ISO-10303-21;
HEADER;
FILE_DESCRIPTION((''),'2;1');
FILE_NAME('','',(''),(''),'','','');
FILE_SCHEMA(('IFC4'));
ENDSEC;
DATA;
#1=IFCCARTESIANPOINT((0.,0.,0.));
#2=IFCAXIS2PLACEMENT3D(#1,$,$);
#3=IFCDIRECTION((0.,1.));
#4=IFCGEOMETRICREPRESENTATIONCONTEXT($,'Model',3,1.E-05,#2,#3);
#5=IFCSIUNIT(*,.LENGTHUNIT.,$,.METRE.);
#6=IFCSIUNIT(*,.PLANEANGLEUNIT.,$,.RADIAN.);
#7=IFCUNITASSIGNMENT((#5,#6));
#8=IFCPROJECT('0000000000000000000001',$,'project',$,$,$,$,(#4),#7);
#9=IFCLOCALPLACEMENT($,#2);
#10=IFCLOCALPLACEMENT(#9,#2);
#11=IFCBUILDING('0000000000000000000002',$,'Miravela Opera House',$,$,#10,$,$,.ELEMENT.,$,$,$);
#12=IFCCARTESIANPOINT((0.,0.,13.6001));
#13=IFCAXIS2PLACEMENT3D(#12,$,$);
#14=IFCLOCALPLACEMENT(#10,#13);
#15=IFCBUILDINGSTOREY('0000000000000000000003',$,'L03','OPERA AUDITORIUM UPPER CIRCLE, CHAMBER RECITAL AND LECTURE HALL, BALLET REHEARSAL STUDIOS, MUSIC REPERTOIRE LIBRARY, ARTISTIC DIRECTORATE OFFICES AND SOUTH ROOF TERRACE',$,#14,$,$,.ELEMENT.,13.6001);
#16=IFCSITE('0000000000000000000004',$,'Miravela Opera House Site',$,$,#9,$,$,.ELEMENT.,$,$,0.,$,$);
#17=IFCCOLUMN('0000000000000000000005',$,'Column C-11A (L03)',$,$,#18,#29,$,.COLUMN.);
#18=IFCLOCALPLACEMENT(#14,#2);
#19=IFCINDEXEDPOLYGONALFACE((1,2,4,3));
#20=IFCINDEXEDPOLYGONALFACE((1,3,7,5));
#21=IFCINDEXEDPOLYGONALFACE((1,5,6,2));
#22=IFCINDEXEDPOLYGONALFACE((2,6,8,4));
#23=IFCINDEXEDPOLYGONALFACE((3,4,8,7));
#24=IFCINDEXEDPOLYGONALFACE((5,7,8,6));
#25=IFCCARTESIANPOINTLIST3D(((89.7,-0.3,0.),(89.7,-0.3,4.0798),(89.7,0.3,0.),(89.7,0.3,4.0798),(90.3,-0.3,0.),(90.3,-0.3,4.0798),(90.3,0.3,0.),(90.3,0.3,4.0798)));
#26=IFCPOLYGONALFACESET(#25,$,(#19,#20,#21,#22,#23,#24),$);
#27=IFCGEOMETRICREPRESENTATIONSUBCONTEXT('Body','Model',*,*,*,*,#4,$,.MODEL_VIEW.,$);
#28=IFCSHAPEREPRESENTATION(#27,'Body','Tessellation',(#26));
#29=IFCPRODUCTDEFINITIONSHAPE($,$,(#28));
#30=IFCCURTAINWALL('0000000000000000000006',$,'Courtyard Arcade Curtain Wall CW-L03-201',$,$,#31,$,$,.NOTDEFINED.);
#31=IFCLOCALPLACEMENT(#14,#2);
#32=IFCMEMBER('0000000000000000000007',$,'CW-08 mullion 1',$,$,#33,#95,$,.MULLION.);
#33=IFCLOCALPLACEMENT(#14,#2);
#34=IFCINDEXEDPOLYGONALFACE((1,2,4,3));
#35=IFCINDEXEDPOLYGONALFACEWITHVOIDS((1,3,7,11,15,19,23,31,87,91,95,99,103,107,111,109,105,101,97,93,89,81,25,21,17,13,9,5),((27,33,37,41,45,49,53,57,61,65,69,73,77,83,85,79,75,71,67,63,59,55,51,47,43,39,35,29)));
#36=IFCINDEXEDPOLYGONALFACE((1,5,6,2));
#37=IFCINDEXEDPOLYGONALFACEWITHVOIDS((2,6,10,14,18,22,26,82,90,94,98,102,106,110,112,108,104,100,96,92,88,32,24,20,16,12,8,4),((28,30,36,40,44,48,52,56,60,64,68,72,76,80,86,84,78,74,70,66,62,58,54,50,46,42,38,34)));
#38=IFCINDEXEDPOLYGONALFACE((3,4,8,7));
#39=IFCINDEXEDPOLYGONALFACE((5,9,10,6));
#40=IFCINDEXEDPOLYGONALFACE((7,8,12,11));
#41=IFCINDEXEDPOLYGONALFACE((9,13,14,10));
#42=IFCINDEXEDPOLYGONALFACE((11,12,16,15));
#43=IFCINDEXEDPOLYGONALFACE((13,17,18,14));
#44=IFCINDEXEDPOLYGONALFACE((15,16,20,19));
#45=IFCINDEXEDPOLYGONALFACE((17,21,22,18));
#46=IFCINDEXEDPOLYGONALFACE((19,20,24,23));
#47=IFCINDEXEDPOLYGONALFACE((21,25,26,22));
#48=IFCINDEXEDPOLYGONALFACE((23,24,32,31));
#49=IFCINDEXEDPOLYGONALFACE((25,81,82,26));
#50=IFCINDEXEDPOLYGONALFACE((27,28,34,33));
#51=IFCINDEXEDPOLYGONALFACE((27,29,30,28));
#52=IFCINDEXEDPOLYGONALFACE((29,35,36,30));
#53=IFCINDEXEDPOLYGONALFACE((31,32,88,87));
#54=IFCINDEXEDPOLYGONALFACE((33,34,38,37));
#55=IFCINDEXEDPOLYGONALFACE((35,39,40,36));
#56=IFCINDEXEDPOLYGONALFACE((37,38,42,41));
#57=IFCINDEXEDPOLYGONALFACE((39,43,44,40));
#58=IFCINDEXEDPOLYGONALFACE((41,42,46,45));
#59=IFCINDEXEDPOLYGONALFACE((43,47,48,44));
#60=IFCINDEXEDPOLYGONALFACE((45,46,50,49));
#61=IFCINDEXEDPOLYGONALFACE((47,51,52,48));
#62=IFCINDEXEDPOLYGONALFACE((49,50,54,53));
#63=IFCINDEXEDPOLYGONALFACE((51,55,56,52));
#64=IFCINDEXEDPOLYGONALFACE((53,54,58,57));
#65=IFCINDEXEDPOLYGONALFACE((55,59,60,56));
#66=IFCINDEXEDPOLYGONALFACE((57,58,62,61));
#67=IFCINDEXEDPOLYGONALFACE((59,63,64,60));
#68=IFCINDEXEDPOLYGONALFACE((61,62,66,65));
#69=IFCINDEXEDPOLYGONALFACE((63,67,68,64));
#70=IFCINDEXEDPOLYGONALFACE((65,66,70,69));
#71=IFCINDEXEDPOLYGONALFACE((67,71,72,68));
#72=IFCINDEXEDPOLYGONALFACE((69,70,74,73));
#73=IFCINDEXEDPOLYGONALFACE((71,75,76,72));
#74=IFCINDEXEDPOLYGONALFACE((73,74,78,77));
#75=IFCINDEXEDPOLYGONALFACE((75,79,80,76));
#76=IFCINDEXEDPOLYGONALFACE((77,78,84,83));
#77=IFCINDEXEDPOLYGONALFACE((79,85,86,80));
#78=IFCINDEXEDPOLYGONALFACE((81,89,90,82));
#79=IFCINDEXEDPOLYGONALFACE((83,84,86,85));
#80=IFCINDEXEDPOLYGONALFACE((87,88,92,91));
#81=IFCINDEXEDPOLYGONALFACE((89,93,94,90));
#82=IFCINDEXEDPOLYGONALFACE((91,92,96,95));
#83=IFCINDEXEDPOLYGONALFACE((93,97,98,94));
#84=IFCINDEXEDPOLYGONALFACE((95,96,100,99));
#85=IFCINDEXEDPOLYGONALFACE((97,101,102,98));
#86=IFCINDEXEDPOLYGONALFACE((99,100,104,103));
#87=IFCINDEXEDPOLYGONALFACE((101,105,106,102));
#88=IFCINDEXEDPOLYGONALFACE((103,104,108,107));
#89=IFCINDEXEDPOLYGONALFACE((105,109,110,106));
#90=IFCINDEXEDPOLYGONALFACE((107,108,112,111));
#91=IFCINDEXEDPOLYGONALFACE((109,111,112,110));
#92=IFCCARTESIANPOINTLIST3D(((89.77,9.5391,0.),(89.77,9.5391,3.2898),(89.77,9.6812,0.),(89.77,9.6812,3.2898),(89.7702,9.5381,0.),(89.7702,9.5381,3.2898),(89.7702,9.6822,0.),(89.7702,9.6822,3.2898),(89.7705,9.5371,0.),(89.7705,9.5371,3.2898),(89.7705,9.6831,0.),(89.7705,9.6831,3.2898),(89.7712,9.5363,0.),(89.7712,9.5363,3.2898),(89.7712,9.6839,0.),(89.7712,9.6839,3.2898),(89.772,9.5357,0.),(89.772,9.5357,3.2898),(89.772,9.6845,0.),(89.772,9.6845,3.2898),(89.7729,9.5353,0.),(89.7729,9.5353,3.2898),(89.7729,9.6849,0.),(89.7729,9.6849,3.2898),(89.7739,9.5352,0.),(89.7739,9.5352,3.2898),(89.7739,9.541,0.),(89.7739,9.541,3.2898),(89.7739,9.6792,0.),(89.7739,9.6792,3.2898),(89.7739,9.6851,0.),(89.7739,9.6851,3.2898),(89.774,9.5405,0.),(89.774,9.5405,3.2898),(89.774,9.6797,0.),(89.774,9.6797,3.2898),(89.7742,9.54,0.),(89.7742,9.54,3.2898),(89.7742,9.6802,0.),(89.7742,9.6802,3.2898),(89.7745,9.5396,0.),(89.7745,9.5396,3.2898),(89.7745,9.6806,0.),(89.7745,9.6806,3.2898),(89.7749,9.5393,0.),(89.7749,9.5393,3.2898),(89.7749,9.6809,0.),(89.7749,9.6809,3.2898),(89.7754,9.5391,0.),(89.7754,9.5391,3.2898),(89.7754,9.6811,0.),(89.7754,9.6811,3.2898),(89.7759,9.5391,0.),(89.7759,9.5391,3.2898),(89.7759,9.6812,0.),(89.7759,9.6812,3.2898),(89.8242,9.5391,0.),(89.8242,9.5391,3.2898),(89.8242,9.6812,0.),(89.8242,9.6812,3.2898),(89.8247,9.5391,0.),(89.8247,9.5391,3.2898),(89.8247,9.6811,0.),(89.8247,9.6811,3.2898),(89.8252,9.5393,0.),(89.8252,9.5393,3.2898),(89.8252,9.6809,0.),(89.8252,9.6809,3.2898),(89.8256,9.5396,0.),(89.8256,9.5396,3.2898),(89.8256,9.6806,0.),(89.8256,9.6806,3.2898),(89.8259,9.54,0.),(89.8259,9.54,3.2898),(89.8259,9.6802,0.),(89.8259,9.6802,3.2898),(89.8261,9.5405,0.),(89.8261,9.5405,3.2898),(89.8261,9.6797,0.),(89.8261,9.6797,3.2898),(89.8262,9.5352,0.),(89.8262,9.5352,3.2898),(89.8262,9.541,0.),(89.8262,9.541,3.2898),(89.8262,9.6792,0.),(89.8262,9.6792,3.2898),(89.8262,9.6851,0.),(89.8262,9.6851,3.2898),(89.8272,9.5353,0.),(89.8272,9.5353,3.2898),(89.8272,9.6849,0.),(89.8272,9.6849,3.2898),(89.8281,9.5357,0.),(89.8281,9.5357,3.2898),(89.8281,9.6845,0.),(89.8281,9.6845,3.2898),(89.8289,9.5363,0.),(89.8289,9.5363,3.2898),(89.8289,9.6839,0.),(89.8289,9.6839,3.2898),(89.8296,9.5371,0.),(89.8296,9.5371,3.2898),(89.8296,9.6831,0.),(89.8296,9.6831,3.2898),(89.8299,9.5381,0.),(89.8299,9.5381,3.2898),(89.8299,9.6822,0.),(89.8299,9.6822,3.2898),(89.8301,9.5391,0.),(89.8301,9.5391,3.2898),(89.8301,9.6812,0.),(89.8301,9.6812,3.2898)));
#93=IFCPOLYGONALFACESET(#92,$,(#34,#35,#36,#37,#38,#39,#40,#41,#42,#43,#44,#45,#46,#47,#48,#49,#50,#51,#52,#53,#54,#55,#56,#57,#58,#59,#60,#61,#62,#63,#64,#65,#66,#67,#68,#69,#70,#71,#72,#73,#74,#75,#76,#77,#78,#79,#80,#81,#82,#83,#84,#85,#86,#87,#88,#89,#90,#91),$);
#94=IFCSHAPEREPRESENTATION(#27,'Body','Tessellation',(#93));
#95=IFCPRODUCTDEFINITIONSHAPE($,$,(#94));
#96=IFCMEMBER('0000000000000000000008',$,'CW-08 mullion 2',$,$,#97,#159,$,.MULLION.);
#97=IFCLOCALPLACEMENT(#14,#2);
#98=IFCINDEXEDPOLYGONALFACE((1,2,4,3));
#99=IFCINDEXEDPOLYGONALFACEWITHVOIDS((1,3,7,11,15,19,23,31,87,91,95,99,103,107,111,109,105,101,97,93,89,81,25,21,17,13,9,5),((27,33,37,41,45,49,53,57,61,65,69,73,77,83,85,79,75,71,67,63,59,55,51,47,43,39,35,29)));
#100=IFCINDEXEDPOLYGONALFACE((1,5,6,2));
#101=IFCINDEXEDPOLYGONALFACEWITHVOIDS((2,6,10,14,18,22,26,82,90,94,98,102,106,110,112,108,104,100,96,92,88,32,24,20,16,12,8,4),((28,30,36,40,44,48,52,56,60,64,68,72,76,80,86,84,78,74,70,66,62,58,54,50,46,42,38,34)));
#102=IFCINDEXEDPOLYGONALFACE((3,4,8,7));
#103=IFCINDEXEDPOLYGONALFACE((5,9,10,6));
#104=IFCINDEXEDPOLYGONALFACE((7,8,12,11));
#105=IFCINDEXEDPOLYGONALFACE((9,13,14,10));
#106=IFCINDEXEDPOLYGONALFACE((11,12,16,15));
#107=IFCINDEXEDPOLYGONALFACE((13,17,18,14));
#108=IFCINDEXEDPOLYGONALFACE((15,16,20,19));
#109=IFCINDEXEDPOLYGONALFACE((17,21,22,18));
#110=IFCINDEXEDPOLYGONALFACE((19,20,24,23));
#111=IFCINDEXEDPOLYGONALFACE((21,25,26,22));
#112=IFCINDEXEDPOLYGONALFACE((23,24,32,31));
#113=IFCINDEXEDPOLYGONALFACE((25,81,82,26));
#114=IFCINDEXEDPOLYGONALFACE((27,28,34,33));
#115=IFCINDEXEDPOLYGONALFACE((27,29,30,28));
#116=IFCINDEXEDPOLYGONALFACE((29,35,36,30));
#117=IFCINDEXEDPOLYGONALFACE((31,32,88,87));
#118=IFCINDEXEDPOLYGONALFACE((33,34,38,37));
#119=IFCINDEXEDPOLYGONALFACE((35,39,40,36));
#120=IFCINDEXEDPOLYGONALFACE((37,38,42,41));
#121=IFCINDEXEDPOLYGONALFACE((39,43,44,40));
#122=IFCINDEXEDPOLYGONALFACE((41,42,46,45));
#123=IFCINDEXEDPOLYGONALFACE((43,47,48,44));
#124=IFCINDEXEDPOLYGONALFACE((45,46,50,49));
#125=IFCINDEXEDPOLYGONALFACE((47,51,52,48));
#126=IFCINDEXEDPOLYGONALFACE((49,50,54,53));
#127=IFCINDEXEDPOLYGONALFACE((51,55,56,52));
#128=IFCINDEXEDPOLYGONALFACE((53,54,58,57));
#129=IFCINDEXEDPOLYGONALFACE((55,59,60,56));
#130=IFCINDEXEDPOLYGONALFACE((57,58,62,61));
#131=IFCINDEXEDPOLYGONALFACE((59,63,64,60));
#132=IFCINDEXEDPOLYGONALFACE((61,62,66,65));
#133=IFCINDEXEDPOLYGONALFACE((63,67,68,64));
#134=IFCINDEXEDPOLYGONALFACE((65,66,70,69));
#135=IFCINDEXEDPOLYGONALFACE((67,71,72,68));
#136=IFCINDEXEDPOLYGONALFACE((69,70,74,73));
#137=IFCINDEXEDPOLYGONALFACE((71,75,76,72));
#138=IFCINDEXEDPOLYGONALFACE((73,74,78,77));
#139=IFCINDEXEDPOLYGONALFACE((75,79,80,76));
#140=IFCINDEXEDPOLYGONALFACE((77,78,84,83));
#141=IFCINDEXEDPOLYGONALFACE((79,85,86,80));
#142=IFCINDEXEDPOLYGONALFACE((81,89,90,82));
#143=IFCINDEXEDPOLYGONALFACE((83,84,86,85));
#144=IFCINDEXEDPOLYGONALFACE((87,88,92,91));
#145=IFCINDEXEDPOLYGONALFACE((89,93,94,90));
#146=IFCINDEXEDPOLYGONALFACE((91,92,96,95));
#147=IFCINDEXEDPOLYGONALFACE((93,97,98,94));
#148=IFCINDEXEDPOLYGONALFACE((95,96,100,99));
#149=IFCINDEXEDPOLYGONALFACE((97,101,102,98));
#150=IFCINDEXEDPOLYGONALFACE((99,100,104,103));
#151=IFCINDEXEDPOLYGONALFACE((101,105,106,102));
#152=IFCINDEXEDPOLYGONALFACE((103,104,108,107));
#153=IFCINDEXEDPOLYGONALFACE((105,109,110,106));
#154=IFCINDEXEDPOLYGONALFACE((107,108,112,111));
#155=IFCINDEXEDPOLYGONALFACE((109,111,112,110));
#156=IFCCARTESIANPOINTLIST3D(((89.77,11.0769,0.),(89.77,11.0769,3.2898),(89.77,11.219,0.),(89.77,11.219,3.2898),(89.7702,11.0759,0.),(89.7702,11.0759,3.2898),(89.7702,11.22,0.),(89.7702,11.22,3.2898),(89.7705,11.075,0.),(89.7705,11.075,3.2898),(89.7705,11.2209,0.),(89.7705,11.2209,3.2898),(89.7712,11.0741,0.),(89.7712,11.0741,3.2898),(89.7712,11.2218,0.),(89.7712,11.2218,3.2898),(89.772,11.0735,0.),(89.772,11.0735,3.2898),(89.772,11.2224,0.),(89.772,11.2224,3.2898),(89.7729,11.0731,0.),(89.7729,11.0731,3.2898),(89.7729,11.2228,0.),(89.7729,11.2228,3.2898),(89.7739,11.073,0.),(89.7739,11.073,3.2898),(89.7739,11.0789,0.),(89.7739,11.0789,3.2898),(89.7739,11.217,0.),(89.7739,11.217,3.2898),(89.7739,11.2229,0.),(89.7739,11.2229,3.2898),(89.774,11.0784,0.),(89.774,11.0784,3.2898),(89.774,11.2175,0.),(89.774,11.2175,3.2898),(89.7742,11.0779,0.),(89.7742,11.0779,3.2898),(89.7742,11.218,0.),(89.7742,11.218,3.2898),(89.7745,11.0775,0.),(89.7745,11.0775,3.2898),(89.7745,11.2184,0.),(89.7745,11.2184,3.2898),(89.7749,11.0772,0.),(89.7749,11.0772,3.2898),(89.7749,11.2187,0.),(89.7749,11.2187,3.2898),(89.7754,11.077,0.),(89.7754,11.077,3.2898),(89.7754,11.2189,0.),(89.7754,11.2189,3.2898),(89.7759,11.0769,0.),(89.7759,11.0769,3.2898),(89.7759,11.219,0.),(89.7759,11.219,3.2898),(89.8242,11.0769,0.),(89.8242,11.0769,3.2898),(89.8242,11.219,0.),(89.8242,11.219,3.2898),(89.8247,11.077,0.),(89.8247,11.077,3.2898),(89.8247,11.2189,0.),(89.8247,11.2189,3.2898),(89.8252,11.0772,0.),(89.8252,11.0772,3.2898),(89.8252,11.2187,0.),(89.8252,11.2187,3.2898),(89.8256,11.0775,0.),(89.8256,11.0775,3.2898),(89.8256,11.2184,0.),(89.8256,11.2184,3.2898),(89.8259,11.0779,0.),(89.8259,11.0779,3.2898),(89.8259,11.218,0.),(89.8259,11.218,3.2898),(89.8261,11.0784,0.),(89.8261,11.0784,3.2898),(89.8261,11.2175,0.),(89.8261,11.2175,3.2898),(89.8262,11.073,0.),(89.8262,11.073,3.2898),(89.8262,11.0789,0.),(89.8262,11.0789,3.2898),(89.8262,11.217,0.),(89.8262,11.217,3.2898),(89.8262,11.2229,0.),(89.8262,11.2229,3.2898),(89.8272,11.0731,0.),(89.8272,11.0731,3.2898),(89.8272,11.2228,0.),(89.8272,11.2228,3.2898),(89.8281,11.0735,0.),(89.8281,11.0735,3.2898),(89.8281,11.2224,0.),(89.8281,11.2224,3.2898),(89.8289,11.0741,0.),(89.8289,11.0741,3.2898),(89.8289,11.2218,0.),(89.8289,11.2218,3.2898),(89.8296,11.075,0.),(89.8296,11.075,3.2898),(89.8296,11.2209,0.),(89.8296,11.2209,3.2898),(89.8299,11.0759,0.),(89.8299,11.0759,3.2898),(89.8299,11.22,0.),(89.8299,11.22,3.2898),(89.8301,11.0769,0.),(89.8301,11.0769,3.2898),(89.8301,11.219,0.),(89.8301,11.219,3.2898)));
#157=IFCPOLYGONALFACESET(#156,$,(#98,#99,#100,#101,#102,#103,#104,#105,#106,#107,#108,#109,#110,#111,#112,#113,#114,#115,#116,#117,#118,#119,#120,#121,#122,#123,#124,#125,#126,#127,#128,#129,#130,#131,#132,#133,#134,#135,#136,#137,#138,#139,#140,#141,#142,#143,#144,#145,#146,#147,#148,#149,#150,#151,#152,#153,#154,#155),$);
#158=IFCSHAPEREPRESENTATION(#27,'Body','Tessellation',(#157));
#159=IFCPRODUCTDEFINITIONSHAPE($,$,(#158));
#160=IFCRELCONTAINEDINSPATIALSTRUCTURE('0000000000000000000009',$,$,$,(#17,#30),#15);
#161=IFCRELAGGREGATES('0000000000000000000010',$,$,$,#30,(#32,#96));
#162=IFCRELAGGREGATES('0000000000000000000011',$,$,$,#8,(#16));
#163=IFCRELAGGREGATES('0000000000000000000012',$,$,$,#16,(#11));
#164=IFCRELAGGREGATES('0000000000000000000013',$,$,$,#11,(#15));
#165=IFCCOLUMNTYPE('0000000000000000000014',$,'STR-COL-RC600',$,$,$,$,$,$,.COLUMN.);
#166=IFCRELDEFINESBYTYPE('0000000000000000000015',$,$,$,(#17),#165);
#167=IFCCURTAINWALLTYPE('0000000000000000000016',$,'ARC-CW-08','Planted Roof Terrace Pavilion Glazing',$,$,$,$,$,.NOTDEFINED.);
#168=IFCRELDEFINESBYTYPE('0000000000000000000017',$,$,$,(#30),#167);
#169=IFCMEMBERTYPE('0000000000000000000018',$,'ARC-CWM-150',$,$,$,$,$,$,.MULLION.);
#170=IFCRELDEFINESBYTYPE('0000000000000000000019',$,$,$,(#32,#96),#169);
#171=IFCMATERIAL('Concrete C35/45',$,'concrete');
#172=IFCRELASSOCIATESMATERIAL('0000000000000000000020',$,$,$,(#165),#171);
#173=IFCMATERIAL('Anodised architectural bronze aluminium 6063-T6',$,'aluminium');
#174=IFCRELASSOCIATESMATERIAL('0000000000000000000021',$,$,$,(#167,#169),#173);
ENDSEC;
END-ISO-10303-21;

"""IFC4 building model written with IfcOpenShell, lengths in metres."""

from ifc_helpers import new_model, si_unit, direction, frame, origin, origin_2d, place, context, subcontext, project, spatial, rectangle, hollow_rectangle, extrude, material, material_profile, profile_set, type_object, element, aggregate, save


model = new_model("IFC4")

# Units and contexts
model_context = context("Model", 3, precision=1e-05, world=origin(), true_north=direction((0.0, 1.0)))
body_context = subcontext(model_context, "Body", "Model", "MODEL_VIEW")
ifc_project = project(units=[si_unit("LENGTHUNIT", "METRE"), si_unit("PLANEANGLEUNIT", "RADIAN")], contexts=[model_context])

# Site, building, storey
site_placement = place(None, origin())
site = spatial("IfcSite", under=ifc_project, at=site_placement, Name="Miravela Opera House Site", CompositionType="ELEMENT", RefElevation=0.0)
building_placement = place(site_placement, origin())
building = spatial("IfcBuilding", under=site, at=building_placement, Name="Miravela Opera House", CompositionType="ELEMENT")
storey_placement = place(building_placement, frame((0.0, 0.0, 13.6001)))
storey = spatial("IfcBuildingStorey", under=building, at=storey_placement, Name="L03", Description="OPERA AUDITORIUM UPPER CIRCLE, CHAMBER RECITAL AND LECTURE HALL, BALLET REHEARSAL STUDIOS, MUSIC REPERTOIRE LIBRARY, ARTISTIC DIRECTORATE OFFICES AND SOUTH ROOF TERRACE", CompositionType="ELEMENT", Elevation=13.6001)

# Column
ifc_material_1 = material(Name="Concrete C35/45", Category="concrete")
ifc_material_profile_1 = material_profile(ifc_material_1, rectangle(XDim=0.6001, YDim=0.6001, at=origin_2d()), Name="RC-COL-600X600")
ifc_profile_set_1 = profile_set([ifc_material_profile_1])
column_type = type_object("IfcColumnType", Name="STR-COL-RC600", PredefinedType="COLUMN", material=ifc_profile_set_1)
column_placement = place(storey_placement, frame((90.0, 0.0, 0.0), z_axis=(0.0, 0.0, 1.0), x_axis=(1.0, 0.0, 0.0)))
element("IfcColumn", 1, at=column_placement, inside=storey, type_object=column_type, Name="Column C-11A (L03)", PredefinedType="COLUMN", context=body_context, shape_type="SweptSolid", body=[
    extrude(rectangle(XDim=0.6001, YDim=0.6001, at=origin_2d()), origin(), (0.0, 0.0, 1.0), 4.0798),
])

# Curtain wall, members
ifc_material_2 = material(Name="Anodised architectural bronze aluminium 6063-T6", Category="aluminium")
curtain_wall_type = type_object("IfcCurtainWallType", Name="ARC-CW-08", Description="Planted Roof Terrace Pavilion Glazing", PredefinedType="NOTDEFINED", material=ifc_material_2)
curtain_wall_placement = place(storey_placement, origin())
curtain_wall = element("IfcCurtainWall", 2, at=curtain_wall_placement, inside=storey, type_object=curtain_wall_type, Name="Courtyard Arcade Curtain Wall CW-L03-201", PredefinedType="NOTDEFINED")
ifc_material_profile_2 = material_profile(ifc_material_2, hollow_rectangle(XDim=0.0601, YDim=0.1499, WallThickness=0.0039, InnerFilletRadius=0.002, OuterFilletRadius=0.0039, at=origin_2d()), Name="CWM-60X150")
ifc_profile_set_2 = profile_set([ifc_material_profile_2])
member_type_1 = type_object("IfcMemberType", Name="ARC-CWM-150", PredefinedType="MULLION", material=ifc_profile_set_2)
member_1_placement = place(storey_placement, frame((89.8, 9.6101, 0.0), z_axis=(0.0, 0.0, 1.0), x_axis=(-1.0, 0.0, 0.0)))
member_1 = element("IfcMember", 3, at=member_1_placement, type_object=member_type_1, Name="CW-08 mullion 1", PredefinedType="MULLION", context=body_context, shape_type="SweptSolid", body=[
    extrude(hollow_rectangle(XDim=0.0601, YDim=0.1499, WallThickness=0.0039, InnerFilletRadius=0.002, OuterFilletRadius=0.0039, at=origin_2d()), origin(), (0.0, 0.0, 1.0), 3.2898),
])
member_2_placement = place(storey_placement, frame((89.8, 11.1479, 0.0), z_axis=(0.0, 0.0, 1.0), x_axis=(-1.0, 0.0, 0.0)))
member_2 = element("IfcMember", 4, at=member_2_placement, type_object=member_type_1, Name="CW-08 mullion 2", PredefinedType="MULLION", context=body_context, shape_type="SweptSolid", body=[
    extrude(hollow_rectangle(XDim=0.0601, YDim=0.1499, WallThickness=0.0039, InnerFilletRadius=0.002, OuterFilletRadius=0.0039, at=origin_2d()), origin(), (0.0, 0.0, 1.0), 3.2898),
])

aggregate(curtain_wall, [member_1, member_2])

save(model, "model.ifc")
